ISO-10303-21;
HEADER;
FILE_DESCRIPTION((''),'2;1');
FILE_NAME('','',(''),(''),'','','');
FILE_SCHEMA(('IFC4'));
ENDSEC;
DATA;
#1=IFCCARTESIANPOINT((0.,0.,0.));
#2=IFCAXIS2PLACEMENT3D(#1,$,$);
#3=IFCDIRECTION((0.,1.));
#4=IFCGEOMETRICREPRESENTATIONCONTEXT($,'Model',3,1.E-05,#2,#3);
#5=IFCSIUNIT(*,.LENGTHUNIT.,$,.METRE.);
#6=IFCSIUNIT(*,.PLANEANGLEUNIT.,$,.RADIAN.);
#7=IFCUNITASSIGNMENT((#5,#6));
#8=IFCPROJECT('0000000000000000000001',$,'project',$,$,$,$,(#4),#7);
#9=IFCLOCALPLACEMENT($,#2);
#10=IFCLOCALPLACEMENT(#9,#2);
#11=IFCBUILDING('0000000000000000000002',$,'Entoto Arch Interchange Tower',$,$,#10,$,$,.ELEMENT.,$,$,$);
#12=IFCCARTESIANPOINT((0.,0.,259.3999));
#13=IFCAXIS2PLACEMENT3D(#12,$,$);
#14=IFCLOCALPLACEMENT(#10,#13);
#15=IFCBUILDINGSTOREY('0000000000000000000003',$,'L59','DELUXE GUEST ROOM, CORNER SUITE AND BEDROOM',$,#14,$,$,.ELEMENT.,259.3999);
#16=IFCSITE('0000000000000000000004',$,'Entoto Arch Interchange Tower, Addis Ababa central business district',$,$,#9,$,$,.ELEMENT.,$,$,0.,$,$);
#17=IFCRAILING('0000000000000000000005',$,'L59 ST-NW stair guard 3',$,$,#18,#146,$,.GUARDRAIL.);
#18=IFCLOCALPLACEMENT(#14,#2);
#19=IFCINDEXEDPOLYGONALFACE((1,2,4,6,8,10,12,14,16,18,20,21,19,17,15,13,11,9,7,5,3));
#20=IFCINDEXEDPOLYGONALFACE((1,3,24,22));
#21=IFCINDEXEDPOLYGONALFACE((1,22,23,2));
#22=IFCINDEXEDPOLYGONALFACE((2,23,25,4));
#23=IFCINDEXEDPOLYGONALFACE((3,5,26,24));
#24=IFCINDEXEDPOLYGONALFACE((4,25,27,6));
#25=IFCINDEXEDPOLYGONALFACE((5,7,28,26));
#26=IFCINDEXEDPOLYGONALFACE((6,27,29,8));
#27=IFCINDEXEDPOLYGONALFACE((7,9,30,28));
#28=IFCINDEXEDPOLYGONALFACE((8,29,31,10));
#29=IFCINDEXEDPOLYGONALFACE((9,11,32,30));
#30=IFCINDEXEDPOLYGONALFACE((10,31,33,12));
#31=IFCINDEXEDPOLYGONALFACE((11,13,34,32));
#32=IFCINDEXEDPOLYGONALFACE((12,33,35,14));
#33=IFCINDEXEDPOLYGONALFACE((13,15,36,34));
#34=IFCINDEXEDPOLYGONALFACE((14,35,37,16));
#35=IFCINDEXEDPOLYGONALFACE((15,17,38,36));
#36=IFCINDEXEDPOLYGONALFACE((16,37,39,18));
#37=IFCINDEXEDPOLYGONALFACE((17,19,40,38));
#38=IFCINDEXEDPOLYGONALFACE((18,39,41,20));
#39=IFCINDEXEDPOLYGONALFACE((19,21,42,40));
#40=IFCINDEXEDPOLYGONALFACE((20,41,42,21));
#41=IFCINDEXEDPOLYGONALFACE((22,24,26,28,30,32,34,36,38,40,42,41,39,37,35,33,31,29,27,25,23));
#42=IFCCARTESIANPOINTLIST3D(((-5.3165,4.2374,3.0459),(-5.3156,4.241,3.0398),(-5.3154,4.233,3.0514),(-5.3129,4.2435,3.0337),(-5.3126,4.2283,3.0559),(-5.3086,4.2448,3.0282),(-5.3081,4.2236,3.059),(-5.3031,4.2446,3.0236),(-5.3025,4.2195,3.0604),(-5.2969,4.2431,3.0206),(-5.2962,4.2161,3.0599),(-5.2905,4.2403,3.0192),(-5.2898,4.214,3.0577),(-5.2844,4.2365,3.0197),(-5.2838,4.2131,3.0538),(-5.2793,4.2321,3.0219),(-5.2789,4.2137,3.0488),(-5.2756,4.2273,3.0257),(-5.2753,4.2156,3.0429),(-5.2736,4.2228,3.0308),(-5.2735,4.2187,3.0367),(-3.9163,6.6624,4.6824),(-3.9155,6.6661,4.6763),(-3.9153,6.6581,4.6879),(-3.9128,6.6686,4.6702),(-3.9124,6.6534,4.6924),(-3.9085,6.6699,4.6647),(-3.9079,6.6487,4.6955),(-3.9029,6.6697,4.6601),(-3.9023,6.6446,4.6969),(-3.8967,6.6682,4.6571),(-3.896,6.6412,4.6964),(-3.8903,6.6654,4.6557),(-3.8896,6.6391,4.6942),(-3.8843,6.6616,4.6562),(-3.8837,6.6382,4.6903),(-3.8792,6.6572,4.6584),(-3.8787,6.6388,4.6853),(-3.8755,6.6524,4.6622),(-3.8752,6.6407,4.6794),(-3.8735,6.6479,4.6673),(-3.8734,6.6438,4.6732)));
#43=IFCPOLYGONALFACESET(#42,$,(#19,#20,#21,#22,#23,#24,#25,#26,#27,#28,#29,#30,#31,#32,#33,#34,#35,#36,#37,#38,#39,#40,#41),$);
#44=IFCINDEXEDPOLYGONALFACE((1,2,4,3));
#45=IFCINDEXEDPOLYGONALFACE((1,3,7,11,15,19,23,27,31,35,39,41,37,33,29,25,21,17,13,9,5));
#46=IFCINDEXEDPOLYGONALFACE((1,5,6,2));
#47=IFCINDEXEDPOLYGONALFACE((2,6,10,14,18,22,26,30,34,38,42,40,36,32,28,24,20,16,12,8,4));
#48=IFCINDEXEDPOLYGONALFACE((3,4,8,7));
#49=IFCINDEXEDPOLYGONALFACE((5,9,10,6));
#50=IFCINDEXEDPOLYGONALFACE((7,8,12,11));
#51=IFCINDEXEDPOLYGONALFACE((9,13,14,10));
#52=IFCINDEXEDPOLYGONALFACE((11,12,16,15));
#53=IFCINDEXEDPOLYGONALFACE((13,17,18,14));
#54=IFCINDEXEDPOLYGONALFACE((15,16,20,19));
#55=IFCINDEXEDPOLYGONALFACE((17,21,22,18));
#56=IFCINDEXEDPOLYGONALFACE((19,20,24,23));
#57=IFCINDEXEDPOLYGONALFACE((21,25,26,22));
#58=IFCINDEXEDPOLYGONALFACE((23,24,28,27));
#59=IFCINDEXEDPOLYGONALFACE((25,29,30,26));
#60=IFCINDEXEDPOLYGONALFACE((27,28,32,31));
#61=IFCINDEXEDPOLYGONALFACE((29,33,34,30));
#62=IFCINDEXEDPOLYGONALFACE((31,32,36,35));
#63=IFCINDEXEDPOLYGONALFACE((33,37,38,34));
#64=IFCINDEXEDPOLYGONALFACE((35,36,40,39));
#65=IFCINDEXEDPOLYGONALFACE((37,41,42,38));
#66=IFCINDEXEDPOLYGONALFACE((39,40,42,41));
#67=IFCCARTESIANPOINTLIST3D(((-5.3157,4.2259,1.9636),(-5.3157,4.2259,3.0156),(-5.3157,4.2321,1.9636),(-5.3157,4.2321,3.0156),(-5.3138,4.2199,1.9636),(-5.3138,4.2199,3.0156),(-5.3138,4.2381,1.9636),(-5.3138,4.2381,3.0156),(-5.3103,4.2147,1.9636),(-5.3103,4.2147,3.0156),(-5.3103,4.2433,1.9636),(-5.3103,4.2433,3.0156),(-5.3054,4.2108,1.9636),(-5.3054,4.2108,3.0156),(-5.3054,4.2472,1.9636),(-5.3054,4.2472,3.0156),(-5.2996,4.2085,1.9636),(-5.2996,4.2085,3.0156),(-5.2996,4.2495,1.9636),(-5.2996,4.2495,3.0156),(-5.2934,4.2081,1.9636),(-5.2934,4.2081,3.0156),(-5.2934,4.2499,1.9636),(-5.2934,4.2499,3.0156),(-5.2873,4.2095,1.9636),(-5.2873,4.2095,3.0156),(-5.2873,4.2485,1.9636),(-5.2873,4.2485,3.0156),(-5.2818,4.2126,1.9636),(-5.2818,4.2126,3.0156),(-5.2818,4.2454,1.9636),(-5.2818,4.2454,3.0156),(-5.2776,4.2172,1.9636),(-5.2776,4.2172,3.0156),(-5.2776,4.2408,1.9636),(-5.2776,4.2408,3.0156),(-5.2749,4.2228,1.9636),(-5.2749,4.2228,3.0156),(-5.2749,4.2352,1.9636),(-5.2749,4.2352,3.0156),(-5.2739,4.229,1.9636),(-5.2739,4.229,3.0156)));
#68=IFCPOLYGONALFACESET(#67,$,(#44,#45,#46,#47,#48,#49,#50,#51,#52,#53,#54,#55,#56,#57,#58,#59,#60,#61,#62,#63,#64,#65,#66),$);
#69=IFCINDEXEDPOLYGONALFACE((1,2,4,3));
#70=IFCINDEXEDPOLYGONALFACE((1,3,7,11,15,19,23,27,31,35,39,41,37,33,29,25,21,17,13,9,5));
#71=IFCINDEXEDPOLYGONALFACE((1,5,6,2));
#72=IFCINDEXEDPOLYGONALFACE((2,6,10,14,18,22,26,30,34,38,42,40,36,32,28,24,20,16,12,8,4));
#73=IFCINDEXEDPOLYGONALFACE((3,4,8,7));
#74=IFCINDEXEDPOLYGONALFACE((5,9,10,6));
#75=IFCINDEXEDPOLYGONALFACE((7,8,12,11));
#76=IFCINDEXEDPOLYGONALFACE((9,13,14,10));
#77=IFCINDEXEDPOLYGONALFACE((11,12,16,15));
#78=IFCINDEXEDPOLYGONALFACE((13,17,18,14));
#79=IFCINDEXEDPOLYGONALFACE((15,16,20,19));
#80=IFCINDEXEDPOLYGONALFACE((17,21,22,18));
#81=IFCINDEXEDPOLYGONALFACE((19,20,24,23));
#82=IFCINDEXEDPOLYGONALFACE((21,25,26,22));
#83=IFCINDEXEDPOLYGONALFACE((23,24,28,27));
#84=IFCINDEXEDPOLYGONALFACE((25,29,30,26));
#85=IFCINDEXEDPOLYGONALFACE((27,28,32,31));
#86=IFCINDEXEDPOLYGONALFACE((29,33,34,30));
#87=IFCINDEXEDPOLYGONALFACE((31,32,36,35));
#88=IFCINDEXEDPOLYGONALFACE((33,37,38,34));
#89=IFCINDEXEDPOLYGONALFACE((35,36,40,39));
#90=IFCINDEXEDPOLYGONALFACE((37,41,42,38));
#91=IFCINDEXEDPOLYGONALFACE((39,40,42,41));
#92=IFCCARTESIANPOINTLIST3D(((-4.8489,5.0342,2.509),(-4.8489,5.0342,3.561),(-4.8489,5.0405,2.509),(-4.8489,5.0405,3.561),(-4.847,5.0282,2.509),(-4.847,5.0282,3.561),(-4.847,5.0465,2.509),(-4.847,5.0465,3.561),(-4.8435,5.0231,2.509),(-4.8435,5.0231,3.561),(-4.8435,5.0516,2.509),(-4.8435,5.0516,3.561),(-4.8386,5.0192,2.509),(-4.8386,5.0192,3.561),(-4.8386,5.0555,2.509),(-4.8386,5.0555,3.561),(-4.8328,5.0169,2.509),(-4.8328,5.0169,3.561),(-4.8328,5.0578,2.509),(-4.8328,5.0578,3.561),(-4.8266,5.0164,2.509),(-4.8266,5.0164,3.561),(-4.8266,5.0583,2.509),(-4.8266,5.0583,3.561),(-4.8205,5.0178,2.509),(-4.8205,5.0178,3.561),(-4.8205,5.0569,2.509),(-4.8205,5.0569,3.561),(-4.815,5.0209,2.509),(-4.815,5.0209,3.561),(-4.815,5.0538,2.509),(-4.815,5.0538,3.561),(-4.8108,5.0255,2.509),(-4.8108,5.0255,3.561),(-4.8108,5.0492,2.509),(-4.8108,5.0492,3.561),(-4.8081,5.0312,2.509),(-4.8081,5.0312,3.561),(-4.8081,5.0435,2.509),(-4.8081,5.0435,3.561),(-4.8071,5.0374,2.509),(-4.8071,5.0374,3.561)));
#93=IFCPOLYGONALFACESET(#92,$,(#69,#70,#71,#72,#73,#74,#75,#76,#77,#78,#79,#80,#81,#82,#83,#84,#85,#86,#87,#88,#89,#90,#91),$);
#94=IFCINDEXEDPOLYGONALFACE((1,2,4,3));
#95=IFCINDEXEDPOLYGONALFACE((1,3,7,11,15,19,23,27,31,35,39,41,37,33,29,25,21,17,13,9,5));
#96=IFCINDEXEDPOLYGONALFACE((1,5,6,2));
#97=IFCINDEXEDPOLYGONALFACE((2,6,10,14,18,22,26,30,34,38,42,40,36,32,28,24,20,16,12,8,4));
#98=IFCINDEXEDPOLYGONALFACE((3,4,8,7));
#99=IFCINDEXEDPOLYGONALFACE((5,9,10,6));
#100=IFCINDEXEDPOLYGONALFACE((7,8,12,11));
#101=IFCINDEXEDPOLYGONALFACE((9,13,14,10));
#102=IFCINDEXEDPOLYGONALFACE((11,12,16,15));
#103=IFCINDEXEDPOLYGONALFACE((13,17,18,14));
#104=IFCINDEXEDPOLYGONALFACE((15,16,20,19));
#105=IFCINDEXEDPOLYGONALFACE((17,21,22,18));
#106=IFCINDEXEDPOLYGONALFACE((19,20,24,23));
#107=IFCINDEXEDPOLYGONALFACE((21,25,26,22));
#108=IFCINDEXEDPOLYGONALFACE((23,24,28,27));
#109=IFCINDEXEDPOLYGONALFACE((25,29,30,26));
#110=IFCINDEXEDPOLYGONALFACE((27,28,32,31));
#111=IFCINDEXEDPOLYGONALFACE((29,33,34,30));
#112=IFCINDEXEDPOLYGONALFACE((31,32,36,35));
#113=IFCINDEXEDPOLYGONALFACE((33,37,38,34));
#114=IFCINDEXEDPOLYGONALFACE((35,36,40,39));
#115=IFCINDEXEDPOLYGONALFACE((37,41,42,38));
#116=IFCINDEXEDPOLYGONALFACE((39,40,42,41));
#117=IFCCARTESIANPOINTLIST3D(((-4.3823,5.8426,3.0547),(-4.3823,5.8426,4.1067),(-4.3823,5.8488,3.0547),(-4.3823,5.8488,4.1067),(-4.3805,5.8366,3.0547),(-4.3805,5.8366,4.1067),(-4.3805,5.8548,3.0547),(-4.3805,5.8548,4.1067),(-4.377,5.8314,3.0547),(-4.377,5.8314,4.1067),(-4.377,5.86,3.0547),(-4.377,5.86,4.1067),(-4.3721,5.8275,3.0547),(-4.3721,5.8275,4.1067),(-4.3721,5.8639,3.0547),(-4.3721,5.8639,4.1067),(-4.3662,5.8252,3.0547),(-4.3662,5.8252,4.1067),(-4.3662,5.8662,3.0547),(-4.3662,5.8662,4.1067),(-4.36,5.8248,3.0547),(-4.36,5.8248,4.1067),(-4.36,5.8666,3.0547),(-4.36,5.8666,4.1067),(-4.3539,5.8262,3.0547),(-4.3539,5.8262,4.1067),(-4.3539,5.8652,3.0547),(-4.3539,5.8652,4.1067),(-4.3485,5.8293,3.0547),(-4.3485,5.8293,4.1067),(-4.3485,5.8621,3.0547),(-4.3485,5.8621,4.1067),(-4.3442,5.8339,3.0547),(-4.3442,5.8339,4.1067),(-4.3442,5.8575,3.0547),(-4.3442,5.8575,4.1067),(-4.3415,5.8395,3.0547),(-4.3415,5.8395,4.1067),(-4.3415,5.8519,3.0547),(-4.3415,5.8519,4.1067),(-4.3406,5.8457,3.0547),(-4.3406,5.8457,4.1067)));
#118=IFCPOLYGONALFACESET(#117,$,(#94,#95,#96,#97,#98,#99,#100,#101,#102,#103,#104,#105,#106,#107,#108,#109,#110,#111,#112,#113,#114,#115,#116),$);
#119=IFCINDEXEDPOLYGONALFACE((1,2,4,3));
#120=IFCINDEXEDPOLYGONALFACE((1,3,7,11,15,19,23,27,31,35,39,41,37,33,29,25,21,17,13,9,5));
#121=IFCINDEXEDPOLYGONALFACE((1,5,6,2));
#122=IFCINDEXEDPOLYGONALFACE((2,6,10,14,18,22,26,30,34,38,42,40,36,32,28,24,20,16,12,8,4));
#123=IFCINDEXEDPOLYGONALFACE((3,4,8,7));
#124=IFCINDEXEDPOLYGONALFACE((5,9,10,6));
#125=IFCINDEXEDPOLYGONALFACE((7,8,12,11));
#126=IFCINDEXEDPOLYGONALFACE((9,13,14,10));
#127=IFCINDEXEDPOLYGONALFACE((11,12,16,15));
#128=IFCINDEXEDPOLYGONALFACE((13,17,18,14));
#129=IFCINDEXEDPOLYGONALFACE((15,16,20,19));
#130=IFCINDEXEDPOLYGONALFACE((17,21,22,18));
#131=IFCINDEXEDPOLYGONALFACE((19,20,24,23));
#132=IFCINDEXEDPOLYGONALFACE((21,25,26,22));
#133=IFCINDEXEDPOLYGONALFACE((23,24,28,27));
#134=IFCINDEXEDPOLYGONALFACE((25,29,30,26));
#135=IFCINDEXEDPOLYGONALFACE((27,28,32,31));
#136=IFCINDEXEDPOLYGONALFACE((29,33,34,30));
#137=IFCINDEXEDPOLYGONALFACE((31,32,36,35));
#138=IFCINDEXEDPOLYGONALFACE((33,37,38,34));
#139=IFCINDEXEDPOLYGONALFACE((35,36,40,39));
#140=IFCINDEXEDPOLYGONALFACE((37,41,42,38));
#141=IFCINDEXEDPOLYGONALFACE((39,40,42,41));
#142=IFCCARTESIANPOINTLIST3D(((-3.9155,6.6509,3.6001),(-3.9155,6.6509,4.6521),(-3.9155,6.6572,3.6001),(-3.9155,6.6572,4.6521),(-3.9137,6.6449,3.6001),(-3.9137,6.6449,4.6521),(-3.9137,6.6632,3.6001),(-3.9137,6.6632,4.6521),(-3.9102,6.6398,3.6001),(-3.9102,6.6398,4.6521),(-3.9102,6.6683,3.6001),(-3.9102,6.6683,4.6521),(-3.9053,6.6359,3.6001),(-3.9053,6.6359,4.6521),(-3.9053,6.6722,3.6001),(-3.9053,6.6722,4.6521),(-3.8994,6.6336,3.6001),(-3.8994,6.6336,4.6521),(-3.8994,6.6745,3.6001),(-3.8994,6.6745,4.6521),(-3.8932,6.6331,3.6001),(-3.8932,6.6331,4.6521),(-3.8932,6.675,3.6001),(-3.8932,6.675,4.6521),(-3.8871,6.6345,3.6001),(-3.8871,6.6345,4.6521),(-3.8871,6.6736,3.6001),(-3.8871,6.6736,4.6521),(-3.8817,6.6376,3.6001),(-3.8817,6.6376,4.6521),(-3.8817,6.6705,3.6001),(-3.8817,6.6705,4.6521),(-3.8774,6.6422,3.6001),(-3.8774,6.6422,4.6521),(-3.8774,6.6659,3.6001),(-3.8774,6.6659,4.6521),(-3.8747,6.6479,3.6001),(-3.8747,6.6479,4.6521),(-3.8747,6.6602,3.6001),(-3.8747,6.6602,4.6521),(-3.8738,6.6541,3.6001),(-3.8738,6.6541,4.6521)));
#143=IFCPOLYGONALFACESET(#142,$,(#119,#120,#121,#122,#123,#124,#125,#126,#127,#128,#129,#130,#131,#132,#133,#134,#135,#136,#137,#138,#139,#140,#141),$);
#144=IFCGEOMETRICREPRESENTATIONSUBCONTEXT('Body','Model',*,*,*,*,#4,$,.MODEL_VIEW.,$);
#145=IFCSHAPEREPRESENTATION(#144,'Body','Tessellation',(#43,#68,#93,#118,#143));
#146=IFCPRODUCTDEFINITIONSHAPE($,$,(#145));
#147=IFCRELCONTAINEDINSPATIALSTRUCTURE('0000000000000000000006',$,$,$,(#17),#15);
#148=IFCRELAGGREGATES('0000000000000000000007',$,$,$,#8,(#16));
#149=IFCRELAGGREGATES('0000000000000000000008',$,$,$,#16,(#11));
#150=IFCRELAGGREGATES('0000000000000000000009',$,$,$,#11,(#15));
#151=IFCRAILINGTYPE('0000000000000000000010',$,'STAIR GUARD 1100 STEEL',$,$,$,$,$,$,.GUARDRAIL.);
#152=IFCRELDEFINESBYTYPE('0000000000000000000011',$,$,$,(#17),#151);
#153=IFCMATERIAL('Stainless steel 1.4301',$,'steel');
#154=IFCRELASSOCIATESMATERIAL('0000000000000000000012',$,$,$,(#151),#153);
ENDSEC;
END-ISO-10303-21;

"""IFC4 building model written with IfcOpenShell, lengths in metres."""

from ifc_helpers import new_model, si_unit, direction, frame, origin, origin_2d, place, context, subcontext, project, spatial, circle, extrude, material, type_object, element, save


model = new_model("IFC4")

# Units and contexts
model_context = context("Model", 3, precision=1e-05, world=origin(), true_north=direction((0.0, 1.0)))
body_context = subcontext(model_context, "Body", "Model", "MODEL_VIEW")
ifc_project = project(units=[si_unit("LENGTHUNIT", "METRE"), si_unit("PLANEANGLEUNIT", "RADIAN")], contexts=[model_context])

# Site, building, storey
site_placement = place(None, origin())
site = spatial("IfcSite", under=ifc_project, at=site_placement, Name="Entoto Arch Interchange Tower, Addis Ababa central business district", CompositionType="ELEMENT", RefElevation=0.0)
building_placement = place(site_placement, origin())
building = spatial("IfcBuilding", under=site, at=building_placement, Name="Entoto Arch Interchange Tower", CompositionType="ELEMENT")
storey_placement = place(building_placement, frame((0.0, 0.0, 259.3999)))
storey = spatial("IfcBuildingStorey", under=building, at=storey_placement, Name="L59", Description="DELUXE GUEST ROOM, CORNER SUITE AND BEDROOM", CompositionType="ELEMENT", Elevation=259.3999)

# Railing
ifc_material_1 = material(Name="Stainless steel 1.4301", Category="steel")
railing_type_1 = type_object("IfcRailingType", Name="STAIR GUARD 1100 STEEL", PredefinedType="GUARDRAIL", material=ifc_material_1)
railing_1_placement = place(storey_placement, frame((-5.2949, 4.229, 1.9636)))
element("IfcRailing", 1, at=railing_1_placement, inside=storey, type_object=railing_type_1, Name="L59 ST-NW stair guard 3", PredefinedType="GUARDRAIL", context=body_context, shape_type="SweptSolid", body=[
    extrude(circle(Radius=0.0239, at=origin_2d()), frame((0.0, 0.0, 1.0762), z_axis=(0.431698, 0.747699, 0.504563), x_axis=(-0.866019, 0.500012, 0.0)), (0.0, 0.0, 1.0), 3.2434),
    extrude(circle(Radius=0.021, at=origin_2d()), origin(), (0.0, 0.0, 1.0), 1.052),
    extrude(circle(Radius=0.021, at=origin_2d()), frame((0.4668, 0.8083, 0.5454)), (0.0, 0.0, 1.0), 1.052),
    extrude(circle(Radius=0.021, at=origin_2d()), frame((0.9333, 1.6167, 1.0911)), (0.0, 0.0, 1.0), 1.052),
    extrude(circle(Radius=0.021, at=origin_2d()), frame((1.4001, 2.425, 1.6365)), (0.0, 0.0, 1.0), 1.052),
])

save(model, "model.ifc")
